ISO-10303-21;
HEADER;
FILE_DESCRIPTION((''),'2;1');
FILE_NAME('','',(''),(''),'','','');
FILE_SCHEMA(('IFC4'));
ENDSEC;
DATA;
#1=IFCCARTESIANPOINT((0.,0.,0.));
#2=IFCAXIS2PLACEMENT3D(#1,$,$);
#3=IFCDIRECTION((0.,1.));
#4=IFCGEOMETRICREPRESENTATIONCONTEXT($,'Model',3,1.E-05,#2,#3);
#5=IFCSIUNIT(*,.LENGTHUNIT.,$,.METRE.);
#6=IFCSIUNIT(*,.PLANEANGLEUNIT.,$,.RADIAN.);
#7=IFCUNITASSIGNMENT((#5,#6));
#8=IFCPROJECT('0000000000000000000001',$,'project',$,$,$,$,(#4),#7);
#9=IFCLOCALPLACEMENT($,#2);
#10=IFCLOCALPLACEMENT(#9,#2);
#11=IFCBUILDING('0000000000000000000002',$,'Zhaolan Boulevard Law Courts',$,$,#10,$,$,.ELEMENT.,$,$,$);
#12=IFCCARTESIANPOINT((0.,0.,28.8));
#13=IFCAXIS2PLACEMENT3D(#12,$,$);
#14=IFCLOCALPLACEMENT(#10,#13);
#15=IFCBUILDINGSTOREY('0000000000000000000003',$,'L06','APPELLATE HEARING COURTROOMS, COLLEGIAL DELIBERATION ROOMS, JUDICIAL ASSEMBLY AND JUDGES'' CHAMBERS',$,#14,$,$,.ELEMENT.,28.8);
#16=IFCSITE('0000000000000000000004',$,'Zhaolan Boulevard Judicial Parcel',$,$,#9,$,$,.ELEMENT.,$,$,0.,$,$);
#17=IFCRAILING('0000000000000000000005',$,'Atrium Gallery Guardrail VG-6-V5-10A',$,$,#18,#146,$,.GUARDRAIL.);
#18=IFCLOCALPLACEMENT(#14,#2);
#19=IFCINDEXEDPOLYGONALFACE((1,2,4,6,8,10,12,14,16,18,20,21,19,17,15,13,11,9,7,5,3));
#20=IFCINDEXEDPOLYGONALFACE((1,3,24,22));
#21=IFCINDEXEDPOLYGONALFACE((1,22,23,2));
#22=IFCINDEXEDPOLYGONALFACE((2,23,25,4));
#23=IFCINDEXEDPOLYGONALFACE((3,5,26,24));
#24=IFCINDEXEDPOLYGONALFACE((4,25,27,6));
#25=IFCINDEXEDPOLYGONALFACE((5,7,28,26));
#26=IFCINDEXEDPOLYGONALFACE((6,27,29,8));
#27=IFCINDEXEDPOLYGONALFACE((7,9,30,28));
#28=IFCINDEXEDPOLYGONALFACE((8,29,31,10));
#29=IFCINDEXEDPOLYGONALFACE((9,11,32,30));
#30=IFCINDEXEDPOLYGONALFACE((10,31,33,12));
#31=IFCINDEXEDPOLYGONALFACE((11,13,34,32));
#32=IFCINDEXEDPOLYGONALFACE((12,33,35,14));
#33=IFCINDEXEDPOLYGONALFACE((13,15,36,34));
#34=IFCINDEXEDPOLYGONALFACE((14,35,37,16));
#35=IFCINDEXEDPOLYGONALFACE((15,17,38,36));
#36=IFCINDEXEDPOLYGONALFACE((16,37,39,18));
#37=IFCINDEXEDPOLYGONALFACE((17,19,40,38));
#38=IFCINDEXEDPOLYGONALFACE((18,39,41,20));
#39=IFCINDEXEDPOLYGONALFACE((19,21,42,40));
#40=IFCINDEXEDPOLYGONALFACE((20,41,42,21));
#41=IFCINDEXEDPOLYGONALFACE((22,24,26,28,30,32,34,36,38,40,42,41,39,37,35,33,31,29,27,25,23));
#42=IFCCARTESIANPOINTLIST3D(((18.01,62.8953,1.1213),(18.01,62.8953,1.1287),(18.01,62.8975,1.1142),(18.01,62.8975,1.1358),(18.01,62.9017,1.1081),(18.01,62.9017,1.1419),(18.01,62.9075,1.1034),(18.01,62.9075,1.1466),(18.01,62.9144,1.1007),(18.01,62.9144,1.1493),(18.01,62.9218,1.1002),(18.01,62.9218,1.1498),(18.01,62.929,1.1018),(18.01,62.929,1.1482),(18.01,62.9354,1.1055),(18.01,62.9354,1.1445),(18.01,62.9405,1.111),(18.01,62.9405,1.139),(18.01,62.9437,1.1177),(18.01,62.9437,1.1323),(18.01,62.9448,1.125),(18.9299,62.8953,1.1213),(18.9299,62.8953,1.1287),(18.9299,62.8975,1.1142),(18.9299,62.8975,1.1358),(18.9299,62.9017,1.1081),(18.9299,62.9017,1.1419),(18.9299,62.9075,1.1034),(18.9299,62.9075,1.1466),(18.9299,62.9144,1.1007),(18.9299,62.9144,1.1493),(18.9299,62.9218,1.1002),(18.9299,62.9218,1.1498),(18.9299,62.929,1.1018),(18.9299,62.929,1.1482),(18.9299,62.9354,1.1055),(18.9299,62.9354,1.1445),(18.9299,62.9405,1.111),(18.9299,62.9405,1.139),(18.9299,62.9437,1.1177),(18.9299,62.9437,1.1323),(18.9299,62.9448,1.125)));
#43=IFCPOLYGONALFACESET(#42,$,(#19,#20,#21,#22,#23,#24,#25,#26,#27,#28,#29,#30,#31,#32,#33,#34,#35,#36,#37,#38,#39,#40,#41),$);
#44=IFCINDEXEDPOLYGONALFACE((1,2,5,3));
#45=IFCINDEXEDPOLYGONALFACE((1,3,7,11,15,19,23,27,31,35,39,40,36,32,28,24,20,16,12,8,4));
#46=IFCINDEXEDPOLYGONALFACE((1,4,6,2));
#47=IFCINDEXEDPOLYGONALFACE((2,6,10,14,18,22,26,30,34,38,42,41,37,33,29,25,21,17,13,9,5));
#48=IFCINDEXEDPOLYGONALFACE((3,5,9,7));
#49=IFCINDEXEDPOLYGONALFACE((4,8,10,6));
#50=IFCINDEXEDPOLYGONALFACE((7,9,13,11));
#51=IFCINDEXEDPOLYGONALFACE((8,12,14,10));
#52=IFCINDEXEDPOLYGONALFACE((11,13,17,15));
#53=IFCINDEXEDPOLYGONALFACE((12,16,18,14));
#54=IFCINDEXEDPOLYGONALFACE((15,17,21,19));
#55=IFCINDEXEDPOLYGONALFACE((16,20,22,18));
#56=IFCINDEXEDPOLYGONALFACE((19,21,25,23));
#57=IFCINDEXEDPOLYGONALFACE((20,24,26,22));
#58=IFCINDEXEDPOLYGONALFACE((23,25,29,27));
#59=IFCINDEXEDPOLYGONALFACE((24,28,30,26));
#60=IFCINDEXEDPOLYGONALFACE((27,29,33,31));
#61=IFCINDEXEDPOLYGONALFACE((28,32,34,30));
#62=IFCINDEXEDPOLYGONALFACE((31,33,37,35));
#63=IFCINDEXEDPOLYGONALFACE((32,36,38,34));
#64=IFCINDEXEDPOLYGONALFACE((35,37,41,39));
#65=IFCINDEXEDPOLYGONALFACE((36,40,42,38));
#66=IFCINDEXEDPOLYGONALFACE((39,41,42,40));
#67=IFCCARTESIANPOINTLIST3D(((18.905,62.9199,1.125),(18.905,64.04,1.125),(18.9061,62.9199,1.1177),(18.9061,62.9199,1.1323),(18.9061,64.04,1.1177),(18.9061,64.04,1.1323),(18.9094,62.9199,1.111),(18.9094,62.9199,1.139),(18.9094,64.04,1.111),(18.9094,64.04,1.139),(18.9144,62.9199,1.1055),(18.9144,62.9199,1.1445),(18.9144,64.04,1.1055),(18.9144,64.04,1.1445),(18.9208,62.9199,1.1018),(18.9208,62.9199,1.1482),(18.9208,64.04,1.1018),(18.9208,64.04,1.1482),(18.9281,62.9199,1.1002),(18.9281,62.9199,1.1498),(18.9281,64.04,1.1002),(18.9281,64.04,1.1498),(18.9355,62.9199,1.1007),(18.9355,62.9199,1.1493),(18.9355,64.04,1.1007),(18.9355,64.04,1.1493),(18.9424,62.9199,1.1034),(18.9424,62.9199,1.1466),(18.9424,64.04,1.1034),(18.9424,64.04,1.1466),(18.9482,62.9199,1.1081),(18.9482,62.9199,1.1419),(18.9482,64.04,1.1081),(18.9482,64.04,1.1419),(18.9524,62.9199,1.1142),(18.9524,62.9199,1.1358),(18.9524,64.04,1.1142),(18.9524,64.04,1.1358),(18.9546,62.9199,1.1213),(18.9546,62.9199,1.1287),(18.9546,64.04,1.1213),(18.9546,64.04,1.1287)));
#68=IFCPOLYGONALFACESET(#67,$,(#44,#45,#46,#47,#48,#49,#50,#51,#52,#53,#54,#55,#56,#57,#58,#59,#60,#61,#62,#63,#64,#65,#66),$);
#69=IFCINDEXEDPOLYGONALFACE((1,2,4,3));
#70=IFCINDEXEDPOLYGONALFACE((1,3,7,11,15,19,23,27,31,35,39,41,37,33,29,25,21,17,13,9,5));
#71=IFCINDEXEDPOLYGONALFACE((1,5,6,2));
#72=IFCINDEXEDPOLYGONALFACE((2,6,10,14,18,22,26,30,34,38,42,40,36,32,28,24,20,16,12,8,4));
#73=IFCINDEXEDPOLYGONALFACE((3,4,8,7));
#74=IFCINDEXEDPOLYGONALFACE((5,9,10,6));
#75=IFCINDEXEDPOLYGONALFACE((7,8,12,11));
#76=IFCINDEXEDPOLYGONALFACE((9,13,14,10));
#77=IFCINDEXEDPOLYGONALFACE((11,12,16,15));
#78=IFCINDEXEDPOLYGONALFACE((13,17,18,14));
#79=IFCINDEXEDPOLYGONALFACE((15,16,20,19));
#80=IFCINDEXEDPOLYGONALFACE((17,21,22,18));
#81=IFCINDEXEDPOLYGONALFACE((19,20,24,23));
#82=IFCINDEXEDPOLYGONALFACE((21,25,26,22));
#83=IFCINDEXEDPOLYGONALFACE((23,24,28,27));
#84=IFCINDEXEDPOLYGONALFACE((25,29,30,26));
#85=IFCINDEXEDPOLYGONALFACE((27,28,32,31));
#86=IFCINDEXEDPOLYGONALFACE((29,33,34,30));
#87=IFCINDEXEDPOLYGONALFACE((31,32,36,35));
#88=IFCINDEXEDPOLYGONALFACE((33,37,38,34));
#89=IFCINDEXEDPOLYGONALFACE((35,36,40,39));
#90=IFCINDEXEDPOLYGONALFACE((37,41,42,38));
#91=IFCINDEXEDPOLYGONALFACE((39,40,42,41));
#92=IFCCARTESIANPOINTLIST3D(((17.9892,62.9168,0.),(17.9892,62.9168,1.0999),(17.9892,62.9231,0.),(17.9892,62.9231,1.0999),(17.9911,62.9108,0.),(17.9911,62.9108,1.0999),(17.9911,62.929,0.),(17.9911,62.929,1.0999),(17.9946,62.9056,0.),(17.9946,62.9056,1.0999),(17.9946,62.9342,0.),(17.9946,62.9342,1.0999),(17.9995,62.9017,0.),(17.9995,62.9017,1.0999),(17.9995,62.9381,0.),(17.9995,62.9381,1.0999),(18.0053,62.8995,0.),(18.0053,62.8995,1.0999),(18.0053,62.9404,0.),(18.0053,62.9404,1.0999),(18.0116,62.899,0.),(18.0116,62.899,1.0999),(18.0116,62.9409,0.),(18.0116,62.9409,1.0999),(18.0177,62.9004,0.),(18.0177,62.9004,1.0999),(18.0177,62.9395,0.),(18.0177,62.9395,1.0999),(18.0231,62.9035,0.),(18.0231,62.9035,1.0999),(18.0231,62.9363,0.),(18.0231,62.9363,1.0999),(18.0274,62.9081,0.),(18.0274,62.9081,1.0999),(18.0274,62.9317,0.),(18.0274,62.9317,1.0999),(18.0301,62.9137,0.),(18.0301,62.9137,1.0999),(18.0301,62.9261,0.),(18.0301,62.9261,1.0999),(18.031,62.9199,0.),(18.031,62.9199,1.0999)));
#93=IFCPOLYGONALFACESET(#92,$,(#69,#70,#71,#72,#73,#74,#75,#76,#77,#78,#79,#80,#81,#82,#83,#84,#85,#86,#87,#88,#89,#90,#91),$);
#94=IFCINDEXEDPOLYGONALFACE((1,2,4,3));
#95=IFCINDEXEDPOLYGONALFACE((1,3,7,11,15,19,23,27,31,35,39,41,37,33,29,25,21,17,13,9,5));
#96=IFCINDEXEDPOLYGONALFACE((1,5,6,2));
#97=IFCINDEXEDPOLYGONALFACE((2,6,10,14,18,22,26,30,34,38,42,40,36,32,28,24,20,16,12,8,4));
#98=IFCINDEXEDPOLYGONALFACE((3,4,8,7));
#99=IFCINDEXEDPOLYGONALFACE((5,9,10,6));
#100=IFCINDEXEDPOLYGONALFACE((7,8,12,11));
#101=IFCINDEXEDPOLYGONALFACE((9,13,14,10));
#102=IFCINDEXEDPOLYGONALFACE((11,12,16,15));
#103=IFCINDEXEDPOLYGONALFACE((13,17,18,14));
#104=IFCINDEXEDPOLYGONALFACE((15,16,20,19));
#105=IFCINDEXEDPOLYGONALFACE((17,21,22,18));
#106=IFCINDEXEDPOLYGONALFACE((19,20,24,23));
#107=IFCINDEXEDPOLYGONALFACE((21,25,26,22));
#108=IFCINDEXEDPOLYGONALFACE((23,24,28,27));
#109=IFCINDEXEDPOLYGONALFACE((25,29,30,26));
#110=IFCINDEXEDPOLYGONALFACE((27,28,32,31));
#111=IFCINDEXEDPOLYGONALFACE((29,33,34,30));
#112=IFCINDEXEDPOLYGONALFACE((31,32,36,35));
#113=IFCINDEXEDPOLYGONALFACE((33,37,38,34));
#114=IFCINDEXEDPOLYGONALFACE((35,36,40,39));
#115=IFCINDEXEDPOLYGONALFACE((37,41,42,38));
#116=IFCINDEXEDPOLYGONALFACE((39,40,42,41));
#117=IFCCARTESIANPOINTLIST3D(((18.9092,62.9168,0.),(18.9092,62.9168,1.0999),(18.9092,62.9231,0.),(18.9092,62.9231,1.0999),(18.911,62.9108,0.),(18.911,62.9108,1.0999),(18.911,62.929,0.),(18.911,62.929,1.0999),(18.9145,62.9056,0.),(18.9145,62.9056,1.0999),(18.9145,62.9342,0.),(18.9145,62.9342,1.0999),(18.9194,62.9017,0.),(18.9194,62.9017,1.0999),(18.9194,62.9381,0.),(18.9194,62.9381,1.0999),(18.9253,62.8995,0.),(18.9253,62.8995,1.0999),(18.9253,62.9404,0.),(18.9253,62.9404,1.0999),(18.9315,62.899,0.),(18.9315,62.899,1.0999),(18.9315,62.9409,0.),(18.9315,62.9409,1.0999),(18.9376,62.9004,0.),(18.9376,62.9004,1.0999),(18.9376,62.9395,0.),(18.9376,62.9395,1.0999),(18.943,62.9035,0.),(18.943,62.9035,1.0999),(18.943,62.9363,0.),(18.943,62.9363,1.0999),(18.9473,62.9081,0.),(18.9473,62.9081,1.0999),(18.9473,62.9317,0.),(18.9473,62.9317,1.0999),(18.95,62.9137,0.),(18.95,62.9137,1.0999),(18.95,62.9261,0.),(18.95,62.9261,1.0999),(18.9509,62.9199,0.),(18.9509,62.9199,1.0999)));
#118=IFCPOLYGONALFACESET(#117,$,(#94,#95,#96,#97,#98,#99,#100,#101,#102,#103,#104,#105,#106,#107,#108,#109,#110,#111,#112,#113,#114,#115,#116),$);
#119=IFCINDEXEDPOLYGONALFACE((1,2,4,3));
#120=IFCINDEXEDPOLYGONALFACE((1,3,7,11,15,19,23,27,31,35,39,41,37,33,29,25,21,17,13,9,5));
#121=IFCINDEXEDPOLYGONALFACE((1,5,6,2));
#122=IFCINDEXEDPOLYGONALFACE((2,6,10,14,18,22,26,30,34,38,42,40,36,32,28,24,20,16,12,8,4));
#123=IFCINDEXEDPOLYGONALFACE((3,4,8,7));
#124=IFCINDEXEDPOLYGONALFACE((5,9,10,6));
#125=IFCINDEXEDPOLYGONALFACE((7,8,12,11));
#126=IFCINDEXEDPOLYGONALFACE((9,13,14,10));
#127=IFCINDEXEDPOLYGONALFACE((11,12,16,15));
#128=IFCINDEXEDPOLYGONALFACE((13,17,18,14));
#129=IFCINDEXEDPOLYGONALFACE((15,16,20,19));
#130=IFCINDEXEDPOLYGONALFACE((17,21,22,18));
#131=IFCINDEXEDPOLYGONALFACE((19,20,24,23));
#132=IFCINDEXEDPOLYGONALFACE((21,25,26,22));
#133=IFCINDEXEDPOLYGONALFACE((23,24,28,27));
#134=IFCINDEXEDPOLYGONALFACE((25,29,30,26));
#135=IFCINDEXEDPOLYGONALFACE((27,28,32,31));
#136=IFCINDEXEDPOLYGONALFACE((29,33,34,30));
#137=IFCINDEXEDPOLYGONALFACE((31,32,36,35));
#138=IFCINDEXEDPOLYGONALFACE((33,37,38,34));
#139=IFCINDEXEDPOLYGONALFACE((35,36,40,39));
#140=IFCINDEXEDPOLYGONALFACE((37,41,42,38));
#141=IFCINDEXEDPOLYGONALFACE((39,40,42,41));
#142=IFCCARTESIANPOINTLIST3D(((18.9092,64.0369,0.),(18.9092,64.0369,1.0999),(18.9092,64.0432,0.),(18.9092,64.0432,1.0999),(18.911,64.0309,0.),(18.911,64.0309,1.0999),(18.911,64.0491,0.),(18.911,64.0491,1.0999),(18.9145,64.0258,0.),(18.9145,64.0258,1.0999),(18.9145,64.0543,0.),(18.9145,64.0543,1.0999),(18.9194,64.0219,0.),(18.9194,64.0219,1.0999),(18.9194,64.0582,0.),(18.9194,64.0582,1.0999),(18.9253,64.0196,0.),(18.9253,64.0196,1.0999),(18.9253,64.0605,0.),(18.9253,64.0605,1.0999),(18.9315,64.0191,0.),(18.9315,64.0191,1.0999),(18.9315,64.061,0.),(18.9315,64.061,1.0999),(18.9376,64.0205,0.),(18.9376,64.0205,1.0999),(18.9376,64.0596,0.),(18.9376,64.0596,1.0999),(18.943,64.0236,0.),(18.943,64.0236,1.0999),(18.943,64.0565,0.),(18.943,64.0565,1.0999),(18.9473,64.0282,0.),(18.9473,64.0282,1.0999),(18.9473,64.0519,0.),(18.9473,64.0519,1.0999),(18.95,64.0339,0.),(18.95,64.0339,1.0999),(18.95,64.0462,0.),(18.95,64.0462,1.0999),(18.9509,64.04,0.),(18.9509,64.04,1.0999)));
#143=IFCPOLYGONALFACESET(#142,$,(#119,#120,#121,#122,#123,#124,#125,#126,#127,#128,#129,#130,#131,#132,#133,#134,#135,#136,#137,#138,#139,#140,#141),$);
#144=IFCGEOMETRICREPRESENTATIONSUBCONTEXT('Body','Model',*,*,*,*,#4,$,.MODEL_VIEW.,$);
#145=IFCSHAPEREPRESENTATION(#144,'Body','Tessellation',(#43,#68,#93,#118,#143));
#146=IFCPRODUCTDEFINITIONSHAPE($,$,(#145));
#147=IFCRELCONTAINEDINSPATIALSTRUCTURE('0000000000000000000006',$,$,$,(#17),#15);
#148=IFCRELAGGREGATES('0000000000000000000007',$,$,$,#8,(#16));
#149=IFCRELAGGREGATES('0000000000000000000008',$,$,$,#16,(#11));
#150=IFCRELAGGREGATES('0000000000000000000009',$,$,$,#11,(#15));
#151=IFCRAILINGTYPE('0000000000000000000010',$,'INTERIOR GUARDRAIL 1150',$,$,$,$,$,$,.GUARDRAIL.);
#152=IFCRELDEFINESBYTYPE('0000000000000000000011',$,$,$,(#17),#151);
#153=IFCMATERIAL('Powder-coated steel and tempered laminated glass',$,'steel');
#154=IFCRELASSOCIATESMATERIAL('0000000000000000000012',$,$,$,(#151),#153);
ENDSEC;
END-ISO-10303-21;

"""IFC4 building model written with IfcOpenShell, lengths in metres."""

from ifc_helpers import new_model, si_unit, direction, frame, origin, origin_2d, place, context, subcontext, project, spatial, circle, extrude, material, type_object, element, save


model = new_model("IFC4")

# Units and contexts
model_context = context("Model", 3, precision=1e-05, world=origin(), true_north=direction((0.0, 1.0)))
body_context = subcontext(model_context, "Body", "Model", "MODEL_VIEW")
ifc_project = project(units=[si_unit("LENGTHUNIT", "METRE"), si_unit("PLANEANGLEUNIT", "RADIAN")], contexts=[model_context])

# Site, building, storey
site_placement = place(None, origin())
site = spatial("IfcSite", under=ifc_project, at=site_placement, Name="Zhaolan Boulevard Judicial Parcel", CompositionType="ELEMENT", RefElevation=0.0)
building_placement = place(site_placement, origin())
building = spatial("IfcBuilding", under=site, at=building_placement, Name="Zhaolan Boulevard Law Courts", CompositionType="ELEMENT")
storey_placement = place(building_placement, frame((0.0, 0.0, 28.8)))
storey = spatial("IfcBuildingStorey", under=building, at=storey_placement, Name="L06", Description="APPELLATE HEARING COURTROOMS, COLLEGIAL DELIBERATION ROOMS, JUDICIAL ASSEMBLY AND JUDGES' CHAMBERS", CompositionType="ELEMENT", Elevation=28.8)

# Railing
ifc_material_1 = material(Name="Powder-coated steel and tempered laminated glass", Category="steel")
railing_type_1 = type_object("IfcRailingType", Name="INTERIOR GUARDRAIL 1150", PredefinedType="GUARDRAIL", material=ifc_material_1)
railing_1_placement = place(storey_placement, frame((18.01, 62.9199, 0.0)))
element("IfcRailing", 1, at=railing_1_placement, inside=storey, type_object=railing_type_1, Name="Atrium Gallery Guardrail VG-6-V5-10A", PredefinedType="GUARDRAIL", context=body_context, shape_type="SweptSolid", body=[
    extrude(circle(Radius=0.0249, at=origin_2d()), frame((0.0, 0.0, 1.125), z_axis=(1.0, 0.0, 0.0), x_axis=(0.0, 1.0, 0.0)), (0.0, 0.0, 1.0), 0.9199),
    extrude(circle(Radius=0.0249, at=origin_2d()), frame((0.9199, 0.0, 1.125), z_axis=(0.0, 1.0, 0.0), x_axis=(-1.0, 0.0, 0.0)), (0.0, 0.0, 1.0), 1.1201),
    extrude(circle(Radius=0.021, at=origin_2d()), origin(), (0.0, 0.0, 1.0), 1.0999),
    extrude(circle(Radius=0.021, at=origin_2d()), frame((0.9199, 0.0, 0.0)), (0.0, 0.0, 1.0), 1.0999),
    extrude(circle(Radius=0.021, at=origin_2d()), frame((0.9199, 1.1201, 0.0)), (0.0, 0.0, 1.0), 1.0999),
])

save(model, "model.ifc")
